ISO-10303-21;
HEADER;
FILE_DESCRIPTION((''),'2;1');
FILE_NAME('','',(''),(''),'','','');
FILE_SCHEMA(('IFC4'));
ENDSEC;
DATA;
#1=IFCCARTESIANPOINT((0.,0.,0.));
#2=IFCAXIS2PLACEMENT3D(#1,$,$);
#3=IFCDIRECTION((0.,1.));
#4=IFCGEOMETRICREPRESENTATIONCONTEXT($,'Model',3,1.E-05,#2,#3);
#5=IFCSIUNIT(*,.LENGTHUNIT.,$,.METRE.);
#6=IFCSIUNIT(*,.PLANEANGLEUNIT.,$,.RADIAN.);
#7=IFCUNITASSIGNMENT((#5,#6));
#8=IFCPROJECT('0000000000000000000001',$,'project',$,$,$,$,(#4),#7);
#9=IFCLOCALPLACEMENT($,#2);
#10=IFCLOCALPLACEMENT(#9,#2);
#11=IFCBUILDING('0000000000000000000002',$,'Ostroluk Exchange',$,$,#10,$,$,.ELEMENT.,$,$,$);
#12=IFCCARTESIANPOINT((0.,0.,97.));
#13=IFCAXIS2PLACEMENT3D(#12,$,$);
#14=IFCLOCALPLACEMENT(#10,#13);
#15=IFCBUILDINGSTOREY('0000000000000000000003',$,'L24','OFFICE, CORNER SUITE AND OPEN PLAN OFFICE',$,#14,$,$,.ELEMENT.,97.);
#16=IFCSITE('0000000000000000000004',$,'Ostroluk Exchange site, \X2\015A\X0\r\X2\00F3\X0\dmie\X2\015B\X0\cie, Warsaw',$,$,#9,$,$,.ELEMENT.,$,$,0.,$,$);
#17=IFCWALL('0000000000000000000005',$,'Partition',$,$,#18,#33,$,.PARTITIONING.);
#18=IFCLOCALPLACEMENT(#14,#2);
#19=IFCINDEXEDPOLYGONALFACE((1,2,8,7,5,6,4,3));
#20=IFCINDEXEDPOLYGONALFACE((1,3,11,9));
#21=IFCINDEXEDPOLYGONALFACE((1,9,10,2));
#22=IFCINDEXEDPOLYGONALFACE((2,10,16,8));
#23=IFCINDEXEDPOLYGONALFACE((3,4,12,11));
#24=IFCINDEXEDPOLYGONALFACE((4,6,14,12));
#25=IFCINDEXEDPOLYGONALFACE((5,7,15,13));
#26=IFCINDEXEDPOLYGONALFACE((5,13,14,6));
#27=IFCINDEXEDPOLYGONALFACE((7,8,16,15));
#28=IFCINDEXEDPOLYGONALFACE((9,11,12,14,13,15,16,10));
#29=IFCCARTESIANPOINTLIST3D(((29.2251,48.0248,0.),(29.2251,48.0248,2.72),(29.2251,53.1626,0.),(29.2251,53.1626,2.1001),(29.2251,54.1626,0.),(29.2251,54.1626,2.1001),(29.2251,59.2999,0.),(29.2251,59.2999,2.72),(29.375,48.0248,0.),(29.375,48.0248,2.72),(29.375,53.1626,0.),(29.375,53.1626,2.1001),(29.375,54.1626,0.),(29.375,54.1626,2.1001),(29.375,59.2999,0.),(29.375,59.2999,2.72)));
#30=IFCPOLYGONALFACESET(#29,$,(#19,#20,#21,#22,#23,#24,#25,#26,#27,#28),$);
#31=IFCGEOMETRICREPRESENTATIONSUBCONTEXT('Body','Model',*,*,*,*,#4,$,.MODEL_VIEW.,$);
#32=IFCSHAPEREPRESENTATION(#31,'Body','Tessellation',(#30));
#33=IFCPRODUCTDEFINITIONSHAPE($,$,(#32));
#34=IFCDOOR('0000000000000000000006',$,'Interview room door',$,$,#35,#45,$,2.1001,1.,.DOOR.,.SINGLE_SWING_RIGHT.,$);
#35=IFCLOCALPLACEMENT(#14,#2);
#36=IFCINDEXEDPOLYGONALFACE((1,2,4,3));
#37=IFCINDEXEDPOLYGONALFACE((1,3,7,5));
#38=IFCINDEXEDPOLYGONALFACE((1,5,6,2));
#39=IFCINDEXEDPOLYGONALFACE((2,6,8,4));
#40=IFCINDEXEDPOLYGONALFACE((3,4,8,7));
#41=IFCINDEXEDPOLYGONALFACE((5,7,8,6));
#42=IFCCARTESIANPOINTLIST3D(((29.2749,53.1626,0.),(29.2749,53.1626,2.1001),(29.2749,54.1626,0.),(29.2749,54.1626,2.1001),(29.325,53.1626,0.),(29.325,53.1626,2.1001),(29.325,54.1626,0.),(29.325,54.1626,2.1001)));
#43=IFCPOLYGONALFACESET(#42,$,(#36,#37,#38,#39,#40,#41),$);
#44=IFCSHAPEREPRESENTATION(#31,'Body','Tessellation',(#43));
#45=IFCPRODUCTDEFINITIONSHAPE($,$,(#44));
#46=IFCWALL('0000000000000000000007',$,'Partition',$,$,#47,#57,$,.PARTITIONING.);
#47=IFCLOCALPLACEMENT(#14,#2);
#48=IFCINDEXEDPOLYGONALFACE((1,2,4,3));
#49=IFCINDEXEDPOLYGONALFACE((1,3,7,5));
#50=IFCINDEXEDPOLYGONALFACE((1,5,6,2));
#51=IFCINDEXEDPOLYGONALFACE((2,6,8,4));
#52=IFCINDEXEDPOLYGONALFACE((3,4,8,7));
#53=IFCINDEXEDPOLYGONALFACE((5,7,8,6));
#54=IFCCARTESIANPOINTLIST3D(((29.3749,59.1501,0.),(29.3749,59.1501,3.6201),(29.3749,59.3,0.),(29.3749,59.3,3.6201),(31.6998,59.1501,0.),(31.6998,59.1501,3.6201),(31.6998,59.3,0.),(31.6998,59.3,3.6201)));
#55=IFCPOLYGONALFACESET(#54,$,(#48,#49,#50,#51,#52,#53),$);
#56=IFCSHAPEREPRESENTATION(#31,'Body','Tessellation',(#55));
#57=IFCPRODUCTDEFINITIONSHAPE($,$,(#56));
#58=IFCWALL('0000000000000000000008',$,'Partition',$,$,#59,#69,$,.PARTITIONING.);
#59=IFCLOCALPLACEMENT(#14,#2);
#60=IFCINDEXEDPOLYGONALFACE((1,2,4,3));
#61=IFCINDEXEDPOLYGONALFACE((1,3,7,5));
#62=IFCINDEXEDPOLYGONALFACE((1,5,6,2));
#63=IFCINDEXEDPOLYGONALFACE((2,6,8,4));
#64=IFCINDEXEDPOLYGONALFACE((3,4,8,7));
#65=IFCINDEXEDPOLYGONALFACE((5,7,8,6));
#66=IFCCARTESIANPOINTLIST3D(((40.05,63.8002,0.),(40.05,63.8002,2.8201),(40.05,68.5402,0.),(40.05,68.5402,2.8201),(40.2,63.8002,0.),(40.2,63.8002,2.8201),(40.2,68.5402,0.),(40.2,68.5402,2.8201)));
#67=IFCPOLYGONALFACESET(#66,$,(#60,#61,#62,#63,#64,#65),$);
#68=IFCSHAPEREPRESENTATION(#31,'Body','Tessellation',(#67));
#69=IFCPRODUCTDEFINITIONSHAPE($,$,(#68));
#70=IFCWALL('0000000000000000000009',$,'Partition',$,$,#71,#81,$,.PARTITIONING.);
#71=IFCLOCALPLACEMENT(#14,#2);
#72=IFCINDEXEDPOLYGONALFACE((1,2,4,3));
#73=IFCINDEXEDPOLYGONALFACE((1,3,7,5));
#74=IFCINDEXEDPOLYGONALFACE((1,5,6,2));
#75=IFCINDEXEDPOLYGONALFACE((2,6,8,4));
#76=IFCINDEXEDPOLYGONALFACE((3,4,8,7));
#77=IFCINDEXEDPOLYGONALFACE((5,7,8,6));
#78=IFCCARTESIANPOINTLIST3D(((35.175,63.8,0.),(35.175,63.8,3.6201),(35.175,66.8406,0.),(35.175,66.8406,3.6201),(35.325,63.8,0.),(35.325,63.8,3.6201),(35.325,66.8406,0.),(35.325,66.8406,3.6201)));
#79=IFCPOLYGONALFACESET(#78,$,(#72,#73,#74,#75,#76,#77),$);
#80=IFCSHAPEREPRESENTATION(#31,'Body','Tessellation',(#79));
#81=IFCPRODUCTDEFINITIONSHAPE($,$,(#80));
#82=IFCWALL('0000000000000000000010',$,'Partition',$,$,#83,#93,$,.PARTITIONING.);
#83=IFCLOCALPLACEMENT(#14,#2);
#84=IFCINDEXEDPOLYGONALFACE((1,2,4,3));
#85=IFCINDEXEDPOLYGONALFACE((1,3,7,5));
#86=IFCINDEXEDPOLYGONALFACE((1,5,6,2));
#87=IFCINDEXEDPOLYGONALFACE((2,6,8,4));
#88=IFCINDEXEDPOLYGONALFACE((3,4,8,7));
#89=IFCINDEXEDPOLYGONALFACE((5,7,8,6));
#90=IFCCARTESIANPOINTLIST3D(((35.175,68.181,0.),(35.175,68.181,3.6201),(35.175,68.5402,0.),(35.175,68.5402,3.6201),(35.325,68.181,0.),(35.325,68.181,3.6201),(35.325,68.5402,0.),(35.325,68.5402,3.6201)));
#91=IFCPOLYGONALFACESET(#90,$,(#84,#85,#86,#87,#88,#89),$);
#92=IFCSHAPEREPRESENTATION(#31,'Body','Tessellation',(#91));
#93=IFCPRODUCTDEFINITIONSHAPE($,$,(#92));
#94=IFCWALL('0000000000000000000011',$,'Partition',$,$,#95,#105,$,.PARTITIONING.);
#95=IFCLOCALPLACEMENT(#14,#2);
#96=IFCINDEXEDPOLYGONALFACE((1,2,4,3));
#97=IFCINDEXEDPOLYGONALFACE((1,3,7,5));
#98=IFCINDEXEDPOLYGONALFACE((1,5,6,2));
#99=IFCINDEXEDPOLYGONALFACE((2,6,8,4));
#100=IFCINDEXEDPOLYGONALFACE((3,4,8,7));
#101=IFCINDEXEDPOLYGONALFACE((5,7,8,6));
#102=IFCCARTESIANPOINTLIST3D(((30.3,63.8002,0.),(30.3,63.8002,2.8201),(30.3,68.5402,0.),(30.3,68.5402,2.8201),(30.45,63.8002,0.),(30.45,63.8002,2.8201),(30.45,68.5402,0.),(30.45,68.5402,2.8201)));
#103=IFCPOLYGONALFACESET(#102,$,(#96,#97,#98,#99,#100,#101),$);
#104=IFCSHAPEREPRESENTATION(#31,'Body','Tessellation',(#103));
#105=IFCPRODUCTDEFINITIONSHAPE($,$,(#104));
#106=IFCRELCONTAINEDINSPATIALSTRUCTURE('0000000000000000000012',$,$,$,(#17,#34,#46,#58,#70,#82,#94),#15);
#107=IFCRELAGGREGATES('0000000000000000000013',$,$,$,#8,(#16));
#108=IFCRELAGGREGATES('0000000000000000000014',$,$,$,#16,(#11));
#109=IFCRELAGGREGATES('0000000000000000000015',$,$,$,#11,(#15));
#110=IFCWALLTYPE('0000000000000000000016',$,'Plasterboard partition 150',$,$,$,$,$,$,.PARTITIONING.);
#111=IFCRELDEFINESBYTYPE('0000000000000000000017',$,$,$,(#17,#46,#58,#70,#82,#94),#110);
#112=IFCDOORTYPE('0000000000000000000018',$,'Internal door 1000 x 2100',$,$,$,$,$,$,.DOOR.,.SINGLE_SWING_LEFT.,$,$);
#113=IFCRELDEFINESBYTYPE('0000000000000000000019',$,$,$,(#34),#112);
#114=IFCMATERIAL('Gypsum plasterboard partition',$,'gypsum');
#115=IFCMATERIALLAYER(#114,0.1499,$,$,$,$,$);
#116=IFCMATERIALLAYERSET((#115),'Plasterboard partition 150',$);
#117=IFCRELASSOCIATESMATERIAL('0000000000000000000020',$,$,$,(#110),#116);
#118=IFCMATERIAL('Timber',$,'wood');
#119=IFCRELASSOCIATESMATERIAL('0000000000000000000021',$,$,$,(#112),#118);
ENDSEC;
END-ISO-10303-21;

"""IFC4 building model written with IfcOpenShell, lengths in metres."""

from ifc_helpers import new_model, si_unit, direction, frame, frame_2d, origin, place, context, subcontext, project, spatial, rectangle, extrude, material, layer, layer_set, type_object, element, fill, save


model = new_model("IFC4")

# Units and contexts
model_context = context("Model", 3, precision=1e-05, world=origin(), true_north=direction((0.0, 1.0)))
body_context = subcontext(model_context, "Body", "Model", "MODEL_VIEW")
ifc_project = project(units=[si_unit("LENGTHUNIT", "METRE"), si_unit("PLANEANGLEUNIT", "RADIAN")], contexts=[model_context])

# Site, building, storey
site_placement = place(None, origin())
site = spatial("IfcSite", under=ifc_project, at=site_placement, Name="Ostroluk Exchange site, Śródmieście, Warsaw", CompositionType="ELEMENT", RefElevation=0.0)
building_placement = place(site_placement, origin())
building = spatial("IfcBuilding", under=site, at=building_placement, Name="Ostroluk Exchange", CompositionType="ELEMENT")
storey_placement = place(building_placement, frame((0.0, 0.0, 97.0)))
storey = spatial("IfcBuildingStorey", under=building, at=storey_placement, Name="L24", Description="OFFICE, CORNER SUITE AND OPEN PLAN OFFICE", CompositionType="ELEMENT", Elevation=97.0)

# Wall, opening, door
ifc_material_1 = material(Name="Gypsum plasterboard partition", Category="gypsum")
ifc_layer_1 = layer(ifc_material_1, 0.1499)
ifc_layer_set_1 = layer_set([ifc_layer_1], Name="Plasterboard partition 150")
wall_type_1 = type_object("IfcWallType", Name="Plasterboard partition 150", PredefinedType="PARTITIONING", material=ifc_layer_set_1)
wall_1_placement = place(storey_placement, frame((29.3, 59.3, 0.0), z_axis=(0.0, 0.0, 1.0), x_axis=(0.0, -1.0, 0.0)))
wall_1 = element("IfcWall", 1, at=wall_1_placement, inside=storey, type_object=wall_type_1, Name="Partition", PredefinedType="PARTITIONING", context=body_context, shape_type="SweptSolid", body=[
    extrude(rectangle(XDim=11.2751, YDim=0.1499, at=frame_2d((5.6377, 0.0))), origin(), (0.0, 0.0, 1.0), 2.72),
])
opening_1_placement = place(wall_1_placement, frame((5.1375, 0.0, 0.0)))
opening_1 = element("IfcOpeningElement", 2, at=opening_1_placement, cuts=wall_1, PredefinedType="OPENING", context=body_context, shape_type="SweptSolid", body=[
    extrude(rectangle(XDim=1.0, YDim=2.1001, at=frame_2d((0.5, 1.05))), frame((0.0, 0.085, 0.0), z_axis=(0.0, -1.0, 0.0), x_axis=(1.0, 0.0, 0.0)), (0.0, 0.0, 1.0), 0.1699),
])
ifc_material_2 = material(Name="Timber", Category="wood")
door_type_1 = type_object("IfcDoorType", Name="Internal door 1000 x 2100", OperationType="SINGLE_SWING_LEFT", PredefinedType="DOOR", material=ifc_material_2)
door_1_placement = place(opening_1_placement, origin())
door_1 = element("IfcDoor", 3, at=door_1_placement, inside=storey, type_object=door_type_1, Name="Interview room door", OperationType="SINGLE_SWING_RIGHT", OverallHeight=2.1001, OverallWidth=1.0, PredefinedType="DOOR", context=body_context, shape_type="SweptSolid", body=[
    extrude(rectangle(XDim=1.0, YDim=2.1001, at=frame_2d((0.5, 1.05))), frame((0.0, 0.0249, 0.0), z_axis=(0.0, -1.0, 0.0), x_axis=(1.0, 0.0, 0.0)), (0.0, 0.0, 1.0), 0.05),
])
fill(opening_1, door_1)

# Walls
wall_2_placement = place(storey_placement, frame((31.7, 59.2251, 0.0), z_axis=(0.0, 0.0, 1.0), x_axis=(-1.0, 0.0, 0.0)))
element("IfcWall", 4, at=wall_2_placement, inside=storey, type_object=wall_type_1, Name="Partition", PredefinedType="PARTITIONING", context=body_context, shape_type="SweptSolid", body=[
    extrude(rectangle(XDim=2.325, YDim=0.1499, at=frame_2d((1.1626, 0.0))), origin(), (0.0, 0.0, 1.0), 3.6201),
])
wall_3_placement = place(storey_placement, frame((40.125, 63.8, 0.0), z_axis=(0.0, 0.0, 1.0), x_axis=(0.0, 1.0, 0.0)))
element("IfcWall", 5, at=wall_3_placement, inside=storey, type_object=wall_type_1, Name="Partition", PredefinedType="PARTITIONING", context=body_context, shape_type="SweptSolid", body=[
    extrude(rectangle(XDim=4.74, YDim=0.1499, at=frame_2d((2.3701, 0.0))), origin(), (0.0, 0.0, 1.0), 2.8201),
])
wall_4_placement = place(storey_placement, frame((35.25, 63.8, 0.0), z_axis=(0.0, 0.0, 1.0), x_axis=(0.0, 1.0, 0.0)))
element("IfcWall", 6, at=wall_4_placement, inside=storey, type_object=wall_type_1, Name="Partition", PredefinedType="PARTITIONING", context=body_context, shape_type="SweptSolid", body=[
    extrude(rectangle(XDim=3.0405, YDim=0.1499, at=frame_2d((1.5203, 0.0))), origin(), (0.0, 0.0, 1.0), 3.6201),
])
wall_5_placement = place(storey_placement, frame((35.25, 68.1809, 0.0), z_axis=(0.0, 0.0, 1.0), x_axis=(0.0, 1.0, 0.0)))
element("IfcWall", 7, at=wall_5_placement, inside=storey, type_object=wall_type_1, Name="Partition", PredefinedType="PARTITIONING", context=body_context, shape_type="SweptSolid", body=[
    extrude(rectangle(XDim=0.3591, YDim=0.1499, at=frame_2d((0.1797, 0.0))), origin(), (0.0, 0.0, 1.0), 3.6201),
])
wall_6_placement = place(storey_placement, frame((30.375, 63.8, 0.0), z_axis=(0.0, 0.0, 1.0), x_axis=(0.0, 1.0, 0.0)))
element("IfcWall", 8, at=wall_6_placement, inside=storey, type_object=wall_type_1, Name="Partition", PredefinedType="PARTITIONING", context=body_context, shape_type="SweptSolid", body=[
    extrude(rectangle(XDim=4.74, YDim=0.1499, at=frame_2d((2.3701, 0.0))), origin(), (0.0, 0.0, 1.0), 2.8201),
])

save(model, "model.ifc")
